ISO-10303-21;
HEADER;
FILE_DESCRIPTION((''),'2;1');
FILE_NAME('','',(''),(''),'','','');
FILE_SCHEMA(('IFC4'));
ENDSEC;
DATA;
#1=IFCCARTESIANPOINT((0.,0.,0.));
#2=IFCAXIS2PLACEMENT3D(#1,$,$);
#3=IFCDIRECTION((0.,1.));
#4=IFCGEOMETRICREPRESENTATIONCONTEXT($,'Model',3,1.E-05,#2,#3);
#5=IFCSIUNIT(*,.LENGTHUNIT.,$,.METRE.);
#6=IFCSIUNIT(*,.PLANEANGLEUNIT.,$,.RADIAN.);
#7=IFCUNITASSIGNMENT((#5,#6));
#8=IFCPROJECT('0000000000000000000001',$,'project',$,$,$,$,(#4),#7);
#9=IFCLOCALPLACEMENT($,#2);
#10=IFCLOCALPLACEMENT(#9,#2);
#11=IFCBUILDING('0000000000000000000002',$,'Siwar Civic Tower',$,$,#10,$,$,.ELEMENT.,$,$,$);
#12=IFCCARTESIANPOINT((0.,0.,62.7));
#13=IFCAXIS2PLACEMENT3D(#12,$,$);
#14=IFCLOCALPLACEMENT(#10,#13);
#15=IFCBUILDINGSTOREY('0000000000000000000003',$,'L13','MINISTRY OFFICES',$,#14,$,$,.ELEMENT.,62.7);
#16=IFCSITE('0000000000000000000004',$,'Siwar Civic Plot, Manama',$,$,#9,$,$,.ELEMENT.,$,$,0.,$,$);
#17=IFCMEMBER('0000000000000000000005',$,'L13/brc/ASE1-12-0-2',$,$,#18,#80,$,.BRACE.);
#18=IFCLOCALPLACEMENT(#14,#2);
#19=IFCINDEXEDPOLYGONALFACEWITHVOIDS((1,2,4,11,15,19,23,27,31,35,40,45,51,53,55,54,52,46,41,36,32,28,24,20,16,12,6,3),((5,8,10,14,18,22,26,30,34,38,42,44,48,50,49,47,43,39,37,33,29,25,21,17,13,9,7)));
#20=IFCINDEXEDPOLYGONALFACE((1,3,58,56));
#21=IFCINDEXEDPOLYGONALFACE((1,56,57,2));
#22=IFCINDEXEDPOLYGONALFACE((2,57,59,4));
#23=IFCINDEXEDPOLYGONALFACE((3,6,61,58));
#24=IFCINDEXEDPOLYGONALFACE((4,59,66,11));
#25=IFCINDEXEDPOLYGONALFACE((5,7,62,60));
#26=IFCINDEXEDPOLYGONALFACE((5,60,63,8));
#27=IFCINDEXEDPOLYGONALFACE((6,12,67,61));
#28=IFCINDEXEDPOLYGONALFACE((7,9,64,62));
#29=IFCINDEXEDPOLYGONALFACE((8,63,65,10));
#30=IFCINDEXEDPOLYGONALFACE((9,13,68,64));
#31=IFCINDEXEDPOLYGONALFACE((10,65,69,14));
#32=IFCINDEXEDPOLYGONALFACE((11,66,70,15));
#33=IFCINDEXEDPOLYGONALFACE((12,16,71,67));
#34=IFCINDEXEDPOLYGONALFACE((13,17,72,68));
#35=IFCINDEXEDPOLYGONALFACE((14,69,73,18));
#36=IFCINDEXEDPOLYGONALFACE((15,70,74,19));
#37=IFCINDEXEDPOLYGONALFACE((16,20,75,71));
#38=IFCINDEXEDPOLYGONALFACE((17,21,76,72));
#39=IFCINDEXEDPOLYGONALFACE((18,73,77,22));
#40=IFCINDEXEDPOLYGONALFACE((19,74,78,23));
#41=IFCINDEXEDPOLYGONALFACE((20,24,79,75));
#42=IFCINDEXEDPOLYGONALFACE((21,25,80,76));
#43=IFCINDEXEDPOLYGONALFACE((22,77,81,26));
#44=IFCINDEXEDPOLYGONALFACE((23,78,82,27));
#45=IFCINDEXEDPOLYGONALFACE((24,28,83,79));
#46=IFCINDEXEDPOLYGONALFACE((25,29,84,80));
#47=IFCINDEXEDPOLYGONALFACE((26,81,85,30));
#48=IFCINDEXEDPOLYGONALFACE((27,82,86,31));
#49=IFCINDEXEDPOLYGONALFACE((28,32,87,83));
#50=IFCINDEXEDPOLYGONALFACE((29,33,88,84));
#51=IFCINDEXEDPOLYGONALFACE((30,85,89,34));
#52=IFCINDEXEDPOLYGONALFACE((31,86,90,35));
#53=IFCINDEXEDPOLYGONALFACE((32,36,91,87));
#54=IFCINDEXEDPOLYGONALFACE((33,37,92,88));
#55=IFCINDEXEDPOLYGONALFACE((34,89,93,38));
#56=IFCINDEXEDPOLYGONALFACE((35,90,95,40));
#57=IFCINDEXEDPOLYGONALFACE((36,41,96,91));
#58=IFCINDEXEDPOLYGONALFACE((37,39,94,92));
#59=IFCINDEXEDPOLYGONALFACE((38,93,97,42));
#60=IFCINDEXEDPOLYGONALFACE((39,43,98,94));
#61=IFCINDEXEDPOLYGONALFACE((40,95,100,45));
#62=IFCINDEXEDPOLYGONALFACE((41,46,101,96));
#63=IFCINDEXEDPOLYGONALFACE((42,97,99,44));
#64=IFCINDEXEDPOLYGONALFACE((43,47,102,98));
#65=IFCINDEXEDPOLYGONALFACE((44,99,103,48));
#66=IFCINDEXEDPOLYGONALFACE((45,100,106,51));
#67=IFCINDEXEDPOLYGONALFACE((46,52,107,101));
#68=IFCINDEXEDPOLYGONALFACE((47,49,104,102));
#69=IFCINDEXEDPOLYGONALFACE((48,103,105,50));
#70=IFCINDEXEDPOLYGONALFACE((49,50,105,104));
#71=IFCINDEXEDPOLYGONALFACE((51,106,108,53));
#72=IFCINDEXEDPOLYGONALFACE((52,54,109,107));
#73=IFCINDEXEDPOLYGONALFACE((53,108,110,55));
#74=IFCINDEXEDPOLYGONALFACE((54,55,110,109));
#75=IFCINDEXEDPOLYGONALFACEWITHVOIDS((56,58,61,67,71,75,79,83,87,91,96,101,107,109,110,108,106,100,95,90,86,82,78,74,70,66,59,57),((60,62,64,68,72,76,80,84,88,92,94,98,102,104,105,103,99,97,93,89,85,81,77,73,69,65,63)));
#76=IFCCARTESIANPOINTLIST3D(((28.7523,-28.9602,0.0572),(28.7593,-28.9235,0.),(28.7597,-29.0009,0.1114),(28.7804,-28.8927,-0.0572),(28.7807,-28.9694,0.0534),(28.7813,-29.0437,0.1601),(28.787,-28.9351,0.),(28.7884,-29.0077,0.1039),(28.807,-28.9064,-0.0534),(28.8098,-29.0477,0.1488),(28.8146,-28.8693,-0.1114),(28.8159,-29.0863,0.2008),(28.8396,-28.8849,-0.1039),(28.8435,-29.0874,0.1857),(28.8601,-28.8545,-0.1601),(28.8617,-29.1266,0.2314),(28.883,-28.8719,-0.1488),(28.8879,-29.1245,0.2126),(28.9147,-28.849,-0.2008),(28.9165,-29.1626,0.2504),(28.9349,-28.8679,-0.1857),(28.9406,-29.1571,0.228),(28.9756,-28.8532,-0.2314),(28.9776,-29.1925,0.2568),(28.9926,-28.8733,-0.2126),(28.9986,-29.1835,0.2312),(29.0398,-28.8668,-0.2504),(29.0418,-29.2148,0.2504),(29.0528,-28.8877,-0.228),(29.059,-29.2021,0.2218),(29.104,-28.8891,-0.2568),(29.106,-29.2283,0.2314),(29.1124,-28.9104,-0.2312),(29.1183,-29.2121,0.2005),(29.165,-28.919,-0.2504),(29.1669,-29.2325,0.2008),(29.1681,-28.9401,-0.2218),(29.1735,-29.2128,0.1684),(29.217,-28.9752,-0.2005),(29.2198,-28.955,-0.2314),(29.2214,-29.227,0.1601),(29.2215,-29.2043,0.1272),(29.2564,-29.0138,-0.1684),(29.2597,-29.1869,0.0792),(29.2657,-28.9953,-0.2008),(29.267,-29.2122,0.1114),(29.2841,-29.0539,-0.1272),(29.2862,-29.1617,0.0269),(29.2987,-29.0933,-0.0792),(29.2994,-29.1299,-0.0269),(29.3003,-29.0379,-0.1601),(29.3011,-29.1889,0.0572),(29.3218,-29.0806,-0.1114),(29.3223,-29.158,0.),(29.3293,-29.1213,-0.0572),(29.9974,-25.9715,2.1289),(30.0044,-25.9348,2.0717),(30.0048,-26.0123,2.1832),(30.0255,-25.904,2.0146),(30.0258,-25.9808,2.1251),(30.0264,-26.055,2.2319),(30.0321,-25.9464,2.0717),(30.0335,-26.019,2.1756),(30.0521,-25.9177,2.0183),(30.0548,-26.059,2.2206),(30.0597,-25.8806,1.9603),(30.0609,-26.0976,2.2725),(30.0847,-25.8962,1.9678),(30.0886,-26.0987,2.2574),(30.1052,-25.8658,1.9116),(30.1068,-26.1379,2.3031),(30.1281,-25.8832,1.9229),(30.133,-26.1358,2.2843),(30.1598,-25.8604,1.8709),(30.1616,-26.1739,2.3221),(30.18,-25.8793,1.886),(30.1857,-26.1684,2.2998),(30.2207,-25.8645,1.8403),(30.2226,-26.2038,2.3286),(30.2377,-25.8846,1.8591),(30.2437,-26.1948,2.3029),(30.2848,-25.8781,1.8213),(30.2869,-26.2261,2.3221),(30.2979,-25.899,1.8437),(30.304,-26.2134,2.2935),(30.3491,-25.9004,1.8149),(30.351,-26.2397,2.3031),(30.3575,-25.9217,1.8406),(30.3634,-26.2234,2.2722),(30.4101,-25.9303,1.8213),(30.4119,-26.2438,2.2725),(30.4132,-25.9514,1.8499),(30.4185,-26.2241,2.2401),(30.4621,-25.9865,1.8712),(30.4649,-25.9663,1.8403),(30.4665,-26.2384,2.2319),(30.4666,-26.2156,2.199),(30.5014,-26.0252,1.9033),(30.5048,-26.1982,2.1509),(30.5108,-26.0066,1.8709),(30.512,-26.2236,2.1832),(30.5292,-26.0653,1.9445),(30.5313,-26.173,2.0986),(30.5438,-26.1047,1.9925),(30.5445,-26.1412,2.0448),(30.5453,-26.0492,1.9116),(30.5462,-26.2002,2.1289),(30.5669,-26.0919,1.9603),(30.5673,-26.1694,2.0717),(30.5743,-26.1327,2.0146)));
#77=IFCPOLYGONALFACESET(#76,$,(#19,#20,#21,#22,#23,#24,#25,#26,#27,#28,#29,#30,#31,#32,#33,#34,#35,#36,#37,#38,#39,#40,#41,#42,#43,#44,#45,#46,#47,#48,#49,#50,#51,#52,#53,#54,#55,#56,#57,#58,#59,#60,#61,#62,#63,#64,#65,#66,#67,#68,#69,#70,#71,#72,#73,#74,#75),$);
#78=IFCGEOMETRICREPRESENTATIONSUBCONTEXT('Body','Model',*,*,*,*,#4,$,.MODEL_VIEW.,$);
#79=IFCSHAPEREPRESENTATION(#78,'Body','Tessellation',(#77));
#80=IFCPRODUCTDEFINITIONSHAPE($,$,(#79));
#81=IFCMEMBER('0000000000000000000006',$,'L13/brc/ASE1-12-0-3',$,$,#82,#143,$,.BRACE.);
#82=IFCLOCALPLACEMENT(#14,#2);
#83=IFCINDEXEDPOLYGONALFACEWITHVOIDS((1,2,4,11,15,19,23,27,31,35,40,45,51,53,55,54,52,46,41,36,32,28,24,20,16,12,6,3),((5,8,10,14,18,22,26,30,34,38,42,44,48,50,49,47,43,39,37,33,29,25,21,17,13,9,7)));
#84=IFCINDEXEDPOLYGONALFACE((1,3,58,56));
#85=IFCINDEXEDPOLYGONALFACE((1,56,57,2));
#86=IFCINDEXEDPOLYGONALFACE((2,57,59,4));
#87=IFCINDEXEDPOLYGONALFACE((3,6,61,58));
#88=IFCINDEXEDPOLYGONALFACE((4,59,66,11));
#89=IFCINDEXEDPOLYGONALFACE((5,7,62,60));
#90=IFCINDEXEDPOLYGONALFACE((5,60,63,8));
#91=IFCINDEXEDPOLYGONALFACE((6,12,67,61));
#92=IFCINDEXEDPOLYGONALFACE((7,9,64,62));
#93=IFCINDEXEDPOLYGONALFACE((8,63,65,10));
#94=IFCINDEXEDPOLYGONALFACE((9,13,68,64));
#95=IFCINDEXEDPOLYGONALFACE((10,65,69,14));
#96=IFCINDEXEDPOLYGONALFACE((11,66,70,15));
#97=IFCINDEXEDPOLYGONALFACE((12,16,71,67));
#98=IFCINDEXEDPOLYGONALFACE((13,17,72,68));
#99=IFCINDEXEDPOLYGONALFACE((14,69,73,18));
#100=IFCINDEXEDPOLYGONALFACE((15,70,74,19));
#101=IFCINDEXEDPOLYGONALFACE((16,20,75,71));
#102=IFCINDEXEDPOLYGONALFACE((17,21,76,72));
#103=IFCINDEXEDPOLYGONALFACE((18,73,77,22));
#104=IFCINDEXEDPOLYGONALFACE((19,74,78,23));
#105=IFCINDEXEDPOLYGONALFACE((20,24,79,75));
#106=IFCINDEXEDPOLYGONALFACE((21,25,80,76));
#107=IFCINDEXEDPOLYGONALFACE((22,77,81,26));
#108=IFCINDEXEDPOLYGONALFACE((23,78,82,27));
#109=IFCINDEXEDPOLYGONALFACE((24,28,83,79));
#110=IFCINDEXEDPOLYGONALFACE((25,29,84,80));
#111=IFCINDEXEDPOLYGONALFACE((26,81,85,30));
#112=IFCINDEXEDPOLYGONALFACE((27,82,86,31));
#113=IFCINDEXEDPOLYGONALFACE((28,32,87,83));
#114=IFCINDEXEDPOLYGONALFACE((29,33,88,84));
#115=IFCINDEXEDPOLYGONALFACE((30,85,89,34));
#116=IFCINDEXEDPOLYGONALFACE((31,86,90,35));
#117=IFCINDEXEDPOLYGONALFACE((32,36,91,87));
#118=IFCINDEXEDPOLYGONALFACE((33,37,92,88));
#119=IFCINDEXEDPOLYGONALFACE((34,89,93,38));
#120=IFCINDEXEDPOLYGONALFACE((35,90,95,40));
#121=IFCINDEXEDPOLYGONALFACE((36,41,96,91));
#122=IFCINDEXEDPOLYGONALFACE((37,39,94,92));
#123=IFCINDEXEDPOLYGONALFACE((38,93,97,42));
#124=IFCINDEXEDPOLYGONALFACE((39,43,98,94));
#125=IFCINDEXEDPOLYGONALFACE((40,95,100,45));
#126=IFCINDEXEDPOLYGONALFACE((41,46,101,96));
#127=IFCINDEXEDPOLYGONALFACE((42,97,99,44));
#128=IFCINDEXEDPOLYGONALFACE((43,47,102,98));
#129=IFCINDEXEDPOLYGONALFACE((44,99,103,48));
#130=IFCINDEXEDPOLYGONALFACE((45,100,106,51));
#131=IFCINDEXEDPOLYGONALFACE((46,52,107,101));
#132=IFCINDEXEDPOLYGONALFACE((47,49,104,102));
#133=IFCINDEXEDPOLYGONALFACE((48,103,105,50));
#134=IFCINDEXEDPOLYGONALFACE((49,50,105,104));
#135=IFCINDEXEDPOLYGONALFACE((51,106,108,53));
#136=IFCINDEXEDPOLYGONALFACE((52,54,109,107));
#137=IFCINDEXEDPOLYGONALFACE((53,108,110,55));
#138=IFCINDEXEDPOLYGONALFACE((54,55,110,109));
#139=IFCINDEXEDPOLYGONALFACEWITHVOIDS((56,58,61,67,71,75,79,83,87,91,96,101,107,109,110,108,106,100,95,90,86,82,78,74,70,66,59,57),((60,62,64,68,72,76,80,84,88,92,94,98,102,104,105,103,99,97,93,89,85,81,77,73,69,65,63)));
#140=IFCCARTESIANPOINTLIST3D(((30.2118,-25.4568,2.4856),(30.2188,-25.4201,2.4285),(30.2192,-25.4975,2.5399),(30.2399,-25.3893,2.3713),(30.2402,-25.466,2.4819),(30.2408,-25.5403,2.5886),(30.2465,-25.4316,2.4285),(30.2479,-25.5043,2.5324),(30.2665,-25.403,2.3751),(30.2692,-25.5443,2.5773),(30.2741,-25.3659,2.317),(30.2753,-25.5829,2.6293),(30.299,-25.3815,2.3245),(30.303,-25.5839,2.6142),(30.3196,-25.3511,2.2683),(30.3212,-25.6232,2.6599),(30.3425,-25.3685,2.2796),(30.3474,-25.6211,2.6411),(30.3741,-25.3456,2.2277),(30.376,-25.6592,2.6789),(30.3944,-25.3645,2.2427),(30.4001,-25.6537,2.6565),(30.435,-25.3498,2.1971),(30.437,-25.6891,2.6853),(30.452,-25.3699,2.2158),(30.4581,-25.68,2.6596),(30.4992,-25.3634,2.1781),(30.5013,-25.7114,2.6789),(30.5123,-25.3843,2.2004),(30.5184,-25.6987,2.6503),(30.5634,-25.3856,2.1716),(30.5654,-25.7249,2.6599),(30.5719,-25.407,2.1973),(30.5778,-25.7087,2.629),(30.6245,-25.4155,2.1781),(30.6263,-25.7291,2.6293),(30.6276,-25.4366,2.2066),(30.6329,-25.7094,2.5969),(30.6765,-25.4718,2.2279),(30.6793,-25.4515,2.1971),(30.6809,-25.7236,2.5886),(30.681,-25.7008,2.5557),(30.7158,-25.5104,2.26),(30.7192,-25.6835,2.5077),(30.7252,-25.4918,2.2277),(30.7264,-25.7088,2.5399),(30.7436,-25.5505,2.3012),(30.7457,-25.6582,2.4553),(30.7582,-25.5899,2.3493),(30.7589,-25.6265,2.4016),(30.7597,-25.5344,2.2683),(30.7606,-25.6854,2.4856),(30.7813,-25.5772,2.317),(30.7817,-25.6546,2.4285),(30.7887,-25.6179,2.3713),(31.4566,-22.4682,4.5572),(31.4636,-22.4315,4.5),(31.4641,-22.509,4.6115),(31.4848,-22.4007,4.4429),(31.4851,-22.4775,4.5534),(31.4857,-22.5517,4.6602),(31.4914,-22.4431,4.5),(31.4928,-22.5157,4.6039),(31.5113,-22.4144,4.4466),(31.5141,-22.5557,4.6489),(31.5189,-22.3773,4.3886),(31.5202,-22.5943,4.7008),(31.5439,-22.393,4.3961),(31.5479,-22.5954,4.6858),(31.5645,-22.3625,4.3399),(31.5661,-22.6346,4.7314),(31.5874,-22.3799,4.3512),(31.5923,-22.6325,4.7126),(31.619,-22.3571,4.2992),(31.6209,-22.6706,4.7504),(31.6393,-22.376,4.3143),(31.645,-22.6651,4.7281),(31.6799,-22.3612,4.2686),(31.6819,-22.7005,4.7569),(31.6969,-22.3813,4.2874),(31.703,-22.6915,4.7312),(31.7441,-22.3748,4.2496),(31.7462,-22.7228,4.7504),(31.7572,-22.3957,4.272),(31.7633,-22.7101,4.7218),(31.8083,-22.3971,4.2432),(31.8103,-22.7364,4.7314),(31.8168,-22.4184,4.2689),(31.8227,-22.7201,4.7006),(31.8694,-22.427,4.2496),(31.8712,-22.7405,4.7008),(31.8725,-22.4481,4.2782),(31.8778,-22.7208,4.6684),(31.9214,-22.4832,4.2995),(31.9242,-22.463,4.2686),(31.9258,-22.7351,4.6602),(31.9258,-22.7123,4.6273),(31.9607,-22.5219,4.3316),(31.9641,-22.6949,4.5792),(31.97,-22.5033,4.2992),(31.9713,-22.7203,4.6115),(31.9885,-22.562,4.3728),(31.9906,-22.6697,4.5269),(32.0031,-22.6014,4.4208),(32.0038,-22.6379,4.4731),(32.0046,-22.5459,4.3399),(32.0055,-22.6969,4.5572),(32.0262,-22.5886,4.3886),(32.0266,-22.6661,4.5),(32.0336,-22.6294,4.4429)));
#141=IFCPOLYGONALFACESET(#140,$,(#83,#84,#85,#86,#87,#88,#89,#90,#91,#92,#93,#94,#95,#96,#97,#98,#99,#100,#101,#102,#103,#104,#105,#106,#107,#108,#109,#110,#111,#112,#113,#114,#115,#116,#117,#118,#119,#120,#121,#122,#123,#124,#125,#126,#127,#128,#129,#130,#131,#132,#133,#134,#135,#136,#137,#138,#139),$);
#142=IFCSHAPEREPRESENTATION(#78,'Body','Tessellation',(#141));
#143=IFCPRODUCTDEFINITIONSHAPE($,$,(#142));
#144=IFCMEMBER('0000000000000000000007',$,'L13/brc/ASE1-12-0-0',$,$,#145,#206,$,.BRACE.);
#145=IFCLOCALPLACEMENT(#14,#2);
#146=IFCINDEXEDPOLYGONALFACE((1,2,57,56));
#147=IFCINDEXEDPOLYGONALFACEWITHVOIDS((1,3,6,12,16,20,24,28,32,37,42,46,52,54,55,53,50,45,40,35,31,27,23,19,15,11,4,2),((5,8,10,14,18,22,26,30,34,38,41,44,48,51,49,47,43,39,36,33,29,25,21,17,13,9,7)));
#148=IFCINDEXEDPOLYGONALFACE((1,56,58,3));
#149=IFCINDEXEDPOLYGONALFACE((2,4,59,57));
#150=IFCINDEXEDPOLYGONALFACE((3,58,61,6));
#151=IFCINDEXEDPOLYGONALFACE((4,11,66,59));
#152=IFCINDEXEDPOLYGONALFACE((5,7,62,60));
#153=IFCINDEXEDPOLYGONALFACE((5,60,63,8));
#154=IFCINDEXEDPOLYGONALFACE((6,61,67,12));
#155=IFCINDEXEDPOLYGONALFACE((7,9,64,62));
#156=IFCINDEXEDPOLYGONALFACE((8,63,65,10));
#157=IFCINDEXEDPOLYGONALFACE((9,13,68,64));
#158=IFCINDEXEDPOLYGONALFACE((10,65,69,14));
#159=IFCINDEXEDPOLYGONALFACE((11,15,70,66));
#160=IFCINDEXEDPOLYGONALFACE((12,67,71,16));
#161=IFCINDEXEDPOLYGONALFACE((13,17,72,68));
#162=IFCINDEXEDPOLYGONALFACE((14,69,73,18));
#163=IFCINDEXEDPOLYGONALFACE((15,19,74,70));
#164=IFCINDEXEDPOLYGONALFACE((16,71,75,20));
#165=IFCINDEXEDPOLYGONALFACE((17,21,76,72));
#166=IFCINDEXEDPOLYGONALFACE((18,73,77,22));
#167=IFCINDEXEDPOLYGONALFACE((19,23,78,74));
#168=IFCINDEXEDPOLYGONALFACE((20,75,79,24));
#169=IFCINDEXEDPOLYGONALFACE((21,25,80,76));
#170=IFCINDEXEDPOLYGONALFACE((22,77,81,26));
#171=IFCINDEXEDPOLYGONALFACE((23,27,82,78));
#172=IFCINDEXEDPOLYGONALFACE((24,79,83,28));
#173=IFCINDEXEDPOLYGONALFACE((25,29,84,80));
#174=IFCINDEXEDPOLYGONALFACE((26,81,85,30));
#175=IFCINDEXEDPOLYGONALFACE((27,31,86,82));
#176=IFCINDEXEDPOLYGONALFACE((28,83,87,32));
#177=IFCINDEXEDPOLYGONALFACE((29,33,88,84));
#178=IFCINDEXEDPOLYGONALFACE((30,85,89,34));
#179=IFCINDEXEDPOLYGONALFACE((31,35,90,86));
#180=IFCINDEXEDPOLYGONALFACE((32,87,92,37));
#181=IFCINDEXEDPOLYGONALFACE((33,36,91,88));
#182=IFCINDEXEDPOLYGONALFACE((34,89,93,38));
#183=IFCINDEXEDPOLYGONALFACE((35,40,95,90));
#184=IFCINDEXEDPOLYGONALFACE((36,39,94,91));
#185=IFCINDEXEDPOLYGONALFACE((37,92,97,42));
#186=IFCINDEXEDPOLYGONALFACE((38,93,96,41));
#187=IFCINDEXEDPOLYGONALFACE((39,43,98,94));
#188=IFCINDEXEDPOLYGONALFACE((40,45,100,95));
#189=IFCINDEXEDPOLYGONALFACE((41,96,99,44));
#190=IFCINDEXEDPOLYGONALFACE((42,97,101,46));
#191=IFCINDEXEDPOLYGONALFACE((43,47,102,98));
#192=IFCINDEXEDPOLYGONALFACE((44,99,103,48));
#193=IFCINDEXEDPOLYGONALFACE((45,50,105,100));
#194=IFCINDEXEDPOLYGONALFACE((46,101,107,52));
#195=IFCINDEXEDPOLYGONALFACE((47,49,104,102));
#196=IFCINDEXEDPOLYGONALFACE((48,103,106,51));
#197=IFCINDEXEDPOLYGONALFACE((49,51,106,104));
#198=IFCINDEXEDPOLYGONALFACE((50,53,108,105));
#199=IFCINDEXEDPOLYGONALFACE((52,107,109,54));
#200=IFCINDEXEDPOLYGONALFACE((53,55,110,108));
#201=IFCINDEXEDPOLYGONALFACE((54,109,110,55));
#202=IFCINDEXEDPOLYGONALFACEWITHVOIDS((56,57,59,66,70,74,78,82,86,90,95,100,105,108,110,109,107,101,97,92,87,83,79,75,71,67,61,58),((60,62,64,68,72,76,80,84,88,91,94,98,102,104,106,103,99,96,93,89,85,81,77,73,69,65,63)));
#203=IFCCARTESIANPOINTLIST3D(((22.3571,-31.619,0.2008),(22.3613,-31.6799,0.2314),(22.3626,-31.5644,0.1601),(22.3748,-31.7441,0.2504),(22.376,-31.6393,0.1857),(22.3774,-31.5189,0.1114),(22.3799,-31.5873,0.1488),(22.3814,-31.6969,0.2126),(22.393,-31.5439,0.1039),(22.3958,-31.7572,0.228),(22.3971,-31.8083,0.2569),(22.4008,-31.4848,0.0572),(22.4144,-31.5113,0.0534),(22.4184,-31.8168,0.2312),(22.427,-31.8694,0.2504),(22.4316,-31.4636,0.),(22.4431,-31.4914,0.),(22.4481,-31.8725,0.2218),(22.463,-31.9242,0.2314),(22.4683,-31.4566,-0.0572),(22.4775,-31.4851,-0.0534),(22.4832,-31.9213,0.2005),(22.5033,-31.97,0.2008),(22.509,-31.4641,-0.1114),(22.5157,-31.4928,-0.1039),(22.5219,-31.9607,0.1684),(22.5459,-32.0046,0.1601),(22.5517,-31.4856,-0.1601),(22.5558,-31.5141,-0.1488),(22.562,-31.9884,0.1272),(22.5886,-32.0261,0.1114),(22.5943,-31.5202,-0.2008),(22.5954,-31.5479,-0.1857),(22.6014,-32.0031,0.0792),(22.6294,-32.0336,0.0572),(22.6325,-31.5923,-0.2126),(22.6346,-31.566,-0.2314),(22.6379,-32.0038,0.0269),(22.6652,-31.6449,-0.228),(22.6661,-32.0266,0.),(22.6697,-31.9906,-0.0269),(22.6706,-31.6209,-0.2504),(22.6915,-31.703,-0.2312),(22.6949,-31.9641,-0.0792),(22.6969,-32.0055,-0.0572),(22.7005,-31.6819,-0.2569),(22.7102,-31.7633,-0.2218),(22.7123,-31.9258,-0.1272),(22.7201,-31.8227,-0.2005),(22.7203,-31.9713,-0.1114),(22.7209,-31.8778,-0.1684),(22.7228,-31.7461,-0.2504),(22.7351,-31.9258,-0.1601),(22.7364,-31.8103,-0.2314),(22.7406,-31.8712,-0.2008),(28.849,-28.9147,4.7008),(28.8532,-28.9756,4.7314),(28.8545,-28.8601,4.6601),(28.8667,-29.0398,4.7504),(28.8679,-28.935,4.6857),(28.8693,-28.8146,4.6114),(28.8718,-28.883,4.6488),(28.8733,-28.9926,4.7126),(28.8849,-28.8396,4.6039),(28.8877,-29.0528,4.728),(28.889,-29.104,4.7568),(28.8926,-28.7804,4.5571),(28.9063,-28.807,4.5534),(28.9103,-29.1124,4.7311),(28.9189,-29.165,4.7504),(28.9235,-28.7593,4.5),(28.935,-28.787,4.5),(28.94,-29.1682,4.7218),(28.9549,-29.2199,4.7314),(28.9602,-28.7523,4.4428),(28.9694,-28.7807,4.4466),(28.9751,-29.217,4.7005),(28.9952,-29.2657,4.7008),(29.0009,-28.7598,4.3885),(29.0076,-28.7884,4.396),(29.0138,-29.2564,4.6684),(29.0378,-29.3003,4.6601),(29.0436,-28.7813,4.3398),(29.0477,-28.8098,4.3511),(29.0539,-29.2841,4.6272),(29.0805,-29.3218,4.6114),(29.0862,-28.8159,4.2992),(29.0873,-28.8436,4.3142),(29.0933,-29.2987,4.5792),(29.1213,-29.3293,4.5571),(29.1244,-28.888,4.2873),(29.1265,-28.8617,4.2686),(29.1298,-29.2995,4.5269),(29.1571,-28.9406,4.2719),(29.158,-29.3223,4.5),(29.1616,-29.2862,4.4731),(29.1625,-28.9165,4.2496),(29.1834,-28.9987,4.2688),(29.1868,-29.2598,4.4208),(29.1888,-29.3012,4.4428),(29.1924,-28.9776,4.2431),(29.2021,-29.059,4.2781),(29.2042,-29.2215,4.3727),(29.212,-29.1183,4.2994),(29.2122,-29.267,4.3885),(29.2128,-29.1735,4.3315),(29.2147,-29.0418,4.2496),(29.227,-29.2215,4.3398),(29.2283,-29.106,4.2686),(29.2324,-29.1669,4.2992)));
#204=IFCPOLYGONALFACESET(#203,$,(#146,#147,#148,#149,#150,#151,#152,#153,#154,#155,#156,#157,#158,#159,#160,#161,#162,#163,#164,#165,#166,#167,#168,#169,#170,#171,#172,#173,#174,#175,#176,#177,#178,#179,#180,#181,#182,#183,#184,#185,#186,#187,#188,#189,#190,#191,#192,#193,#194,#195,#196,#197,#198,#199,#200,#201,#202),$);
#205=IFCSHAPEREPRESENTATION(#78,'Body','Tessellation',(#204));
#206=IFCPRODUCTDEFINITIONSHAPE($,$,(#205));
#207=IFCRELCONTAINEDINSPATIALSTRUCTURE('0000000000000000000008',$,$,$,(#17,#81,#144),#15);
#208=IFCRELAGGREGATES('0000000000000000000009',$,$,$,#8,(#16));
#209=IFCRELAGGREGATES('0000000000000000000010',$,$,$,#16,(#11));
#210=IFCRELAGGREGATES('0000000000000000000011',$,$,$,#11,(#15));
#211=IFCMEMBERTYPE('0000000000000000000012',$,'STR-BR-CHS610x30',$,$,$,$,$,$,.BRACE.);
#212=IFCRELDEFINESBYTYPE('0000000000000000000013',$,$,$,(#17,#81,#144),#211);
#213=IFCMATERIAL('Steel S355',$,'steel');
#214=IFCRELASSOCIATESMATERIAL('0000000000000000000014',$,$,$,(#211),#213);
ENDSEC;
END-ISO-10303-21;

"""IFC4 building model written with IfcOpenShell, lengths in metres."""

from ifc_helpers import new_model, si_unit, direction, frame, origin, origin_2d, place, context, subcontext, project, spatial, hollow_circle, extrude, material, material_profile, profile_set, type_object, element, save


model = new_model("IFC4")

# Units and contexts
model_context = context("Model", 3, precision=1e-05, world=origin(), true_north=direction((0.0, 1.0)))
body_context = subcontext(model_context, "Body", "Model", "MODEL_VIEW")
ifc_project = project(units=[si_unit("LENGTHUNIT", "METRE"), si_unit("PLANEANGLEUNIT", "RADIAN")], contexts=[model_context])

# Site, building, storey
site_placement = place(None, origin())
site = spatial("IfcSite", under=ifc_project, at=site_placement, Name="Siwar Civic Plot, Manama", CompositionType="ELEMENT", RefElevation=0.0)
building_placement = place(site_placement, origin())
building = spatial("IfcBuilding", under=site, at=building_placement, Name="Siwar Civic Tower", CompositionType="ELEMENT")
storey_placement = place(building_placement, frame((0.0, 0.0, 62.7)))
storey = spatial("IfcBuildingStorey", under=building, at=storey_placement, Name="L13", Description="MINISTRY OFFICES", CompositionType="ELEMENT", Elevation=62.7)

# Members
ifc_material_1 = material(Name="Steel S355", Category="steel")
ifc_material_profile_1 = material_profile(ifc_material_1, hollow_circle(Radius=0.3049, WallThickness=0.03, at=origin_2d()), Name="CHS610x30")
ifc_profile_set_1 = profile_set([ifc_material_profile_1], Name="Steel S355")
member_type_1 = type_object("IfcMemberType", Name="STR-BR-CHS610x30", PredefinedType="BRACE", material=ifc_profile_set_1)
member_1_placement = place(storey_placement, frame((29.0408, -29.0408, 0.0), z_axis=(0.323923, 0.777542, 0.538982), x_axis=(-0.923099, 0.384562, 0.0)))
element("IfcMember", 1, at=member_1_placement, inside=storey, type_object=member_type_1, Name="L13/brc/ASE1-12-0-2", PredefinedType="BRACE", context=body_context, shape_type="SweptSolid", body=[
    extrude(hollow_circle(Radius=0.3049, WallThickness=0.03, at=origin_2d()), origin(), (0.0, 0.0, 1.0), 3.8438),
])
member_2_placement = place(storey_placement, frame((30.5002, -25.5374, 2.4285), z_axis=(0.323893, 0.77756, 0.538975), x_axis=(-0.923115, 0.384524, 0.0)))
element("IfcMember", 2, at=member_2_placement, inside=storey, type_object=member_type_1, Name="L13/brc/ASE1-12-0-3", PredefinedType="BRACE", context=body_context, shape_type="SweptSolid", body=[
    extrude(hollow_circle(Radius=0.3049, WallThickness=0.03, at=origin_2d()), origin(), (0.0, 0.0, 1.0), 3.8435),
])
member_3_placement = place(storey_placement, frame((22.5488, -31.7451, 0.0), z_axis=(0.777555, 0.323906, 0.538975), x_axis=(-0.384539, 0.923109, 0.0)))
element("IfcMember", 3, at=member_3_placement, inside=storey, type_object=member_type_1, Name="L13/brc/ASE1-12-0-0", PredefinedType="BRACE", context=body_context, shape_type="SweptSolid", body=[
    extrude(hollow_circle(Radius=0.3049, WallThickness=0.03, at=origin_2d()), origin(), (0.0, 0.0, 1.0), 8.3491),
])

save(model, "model.ifc")
